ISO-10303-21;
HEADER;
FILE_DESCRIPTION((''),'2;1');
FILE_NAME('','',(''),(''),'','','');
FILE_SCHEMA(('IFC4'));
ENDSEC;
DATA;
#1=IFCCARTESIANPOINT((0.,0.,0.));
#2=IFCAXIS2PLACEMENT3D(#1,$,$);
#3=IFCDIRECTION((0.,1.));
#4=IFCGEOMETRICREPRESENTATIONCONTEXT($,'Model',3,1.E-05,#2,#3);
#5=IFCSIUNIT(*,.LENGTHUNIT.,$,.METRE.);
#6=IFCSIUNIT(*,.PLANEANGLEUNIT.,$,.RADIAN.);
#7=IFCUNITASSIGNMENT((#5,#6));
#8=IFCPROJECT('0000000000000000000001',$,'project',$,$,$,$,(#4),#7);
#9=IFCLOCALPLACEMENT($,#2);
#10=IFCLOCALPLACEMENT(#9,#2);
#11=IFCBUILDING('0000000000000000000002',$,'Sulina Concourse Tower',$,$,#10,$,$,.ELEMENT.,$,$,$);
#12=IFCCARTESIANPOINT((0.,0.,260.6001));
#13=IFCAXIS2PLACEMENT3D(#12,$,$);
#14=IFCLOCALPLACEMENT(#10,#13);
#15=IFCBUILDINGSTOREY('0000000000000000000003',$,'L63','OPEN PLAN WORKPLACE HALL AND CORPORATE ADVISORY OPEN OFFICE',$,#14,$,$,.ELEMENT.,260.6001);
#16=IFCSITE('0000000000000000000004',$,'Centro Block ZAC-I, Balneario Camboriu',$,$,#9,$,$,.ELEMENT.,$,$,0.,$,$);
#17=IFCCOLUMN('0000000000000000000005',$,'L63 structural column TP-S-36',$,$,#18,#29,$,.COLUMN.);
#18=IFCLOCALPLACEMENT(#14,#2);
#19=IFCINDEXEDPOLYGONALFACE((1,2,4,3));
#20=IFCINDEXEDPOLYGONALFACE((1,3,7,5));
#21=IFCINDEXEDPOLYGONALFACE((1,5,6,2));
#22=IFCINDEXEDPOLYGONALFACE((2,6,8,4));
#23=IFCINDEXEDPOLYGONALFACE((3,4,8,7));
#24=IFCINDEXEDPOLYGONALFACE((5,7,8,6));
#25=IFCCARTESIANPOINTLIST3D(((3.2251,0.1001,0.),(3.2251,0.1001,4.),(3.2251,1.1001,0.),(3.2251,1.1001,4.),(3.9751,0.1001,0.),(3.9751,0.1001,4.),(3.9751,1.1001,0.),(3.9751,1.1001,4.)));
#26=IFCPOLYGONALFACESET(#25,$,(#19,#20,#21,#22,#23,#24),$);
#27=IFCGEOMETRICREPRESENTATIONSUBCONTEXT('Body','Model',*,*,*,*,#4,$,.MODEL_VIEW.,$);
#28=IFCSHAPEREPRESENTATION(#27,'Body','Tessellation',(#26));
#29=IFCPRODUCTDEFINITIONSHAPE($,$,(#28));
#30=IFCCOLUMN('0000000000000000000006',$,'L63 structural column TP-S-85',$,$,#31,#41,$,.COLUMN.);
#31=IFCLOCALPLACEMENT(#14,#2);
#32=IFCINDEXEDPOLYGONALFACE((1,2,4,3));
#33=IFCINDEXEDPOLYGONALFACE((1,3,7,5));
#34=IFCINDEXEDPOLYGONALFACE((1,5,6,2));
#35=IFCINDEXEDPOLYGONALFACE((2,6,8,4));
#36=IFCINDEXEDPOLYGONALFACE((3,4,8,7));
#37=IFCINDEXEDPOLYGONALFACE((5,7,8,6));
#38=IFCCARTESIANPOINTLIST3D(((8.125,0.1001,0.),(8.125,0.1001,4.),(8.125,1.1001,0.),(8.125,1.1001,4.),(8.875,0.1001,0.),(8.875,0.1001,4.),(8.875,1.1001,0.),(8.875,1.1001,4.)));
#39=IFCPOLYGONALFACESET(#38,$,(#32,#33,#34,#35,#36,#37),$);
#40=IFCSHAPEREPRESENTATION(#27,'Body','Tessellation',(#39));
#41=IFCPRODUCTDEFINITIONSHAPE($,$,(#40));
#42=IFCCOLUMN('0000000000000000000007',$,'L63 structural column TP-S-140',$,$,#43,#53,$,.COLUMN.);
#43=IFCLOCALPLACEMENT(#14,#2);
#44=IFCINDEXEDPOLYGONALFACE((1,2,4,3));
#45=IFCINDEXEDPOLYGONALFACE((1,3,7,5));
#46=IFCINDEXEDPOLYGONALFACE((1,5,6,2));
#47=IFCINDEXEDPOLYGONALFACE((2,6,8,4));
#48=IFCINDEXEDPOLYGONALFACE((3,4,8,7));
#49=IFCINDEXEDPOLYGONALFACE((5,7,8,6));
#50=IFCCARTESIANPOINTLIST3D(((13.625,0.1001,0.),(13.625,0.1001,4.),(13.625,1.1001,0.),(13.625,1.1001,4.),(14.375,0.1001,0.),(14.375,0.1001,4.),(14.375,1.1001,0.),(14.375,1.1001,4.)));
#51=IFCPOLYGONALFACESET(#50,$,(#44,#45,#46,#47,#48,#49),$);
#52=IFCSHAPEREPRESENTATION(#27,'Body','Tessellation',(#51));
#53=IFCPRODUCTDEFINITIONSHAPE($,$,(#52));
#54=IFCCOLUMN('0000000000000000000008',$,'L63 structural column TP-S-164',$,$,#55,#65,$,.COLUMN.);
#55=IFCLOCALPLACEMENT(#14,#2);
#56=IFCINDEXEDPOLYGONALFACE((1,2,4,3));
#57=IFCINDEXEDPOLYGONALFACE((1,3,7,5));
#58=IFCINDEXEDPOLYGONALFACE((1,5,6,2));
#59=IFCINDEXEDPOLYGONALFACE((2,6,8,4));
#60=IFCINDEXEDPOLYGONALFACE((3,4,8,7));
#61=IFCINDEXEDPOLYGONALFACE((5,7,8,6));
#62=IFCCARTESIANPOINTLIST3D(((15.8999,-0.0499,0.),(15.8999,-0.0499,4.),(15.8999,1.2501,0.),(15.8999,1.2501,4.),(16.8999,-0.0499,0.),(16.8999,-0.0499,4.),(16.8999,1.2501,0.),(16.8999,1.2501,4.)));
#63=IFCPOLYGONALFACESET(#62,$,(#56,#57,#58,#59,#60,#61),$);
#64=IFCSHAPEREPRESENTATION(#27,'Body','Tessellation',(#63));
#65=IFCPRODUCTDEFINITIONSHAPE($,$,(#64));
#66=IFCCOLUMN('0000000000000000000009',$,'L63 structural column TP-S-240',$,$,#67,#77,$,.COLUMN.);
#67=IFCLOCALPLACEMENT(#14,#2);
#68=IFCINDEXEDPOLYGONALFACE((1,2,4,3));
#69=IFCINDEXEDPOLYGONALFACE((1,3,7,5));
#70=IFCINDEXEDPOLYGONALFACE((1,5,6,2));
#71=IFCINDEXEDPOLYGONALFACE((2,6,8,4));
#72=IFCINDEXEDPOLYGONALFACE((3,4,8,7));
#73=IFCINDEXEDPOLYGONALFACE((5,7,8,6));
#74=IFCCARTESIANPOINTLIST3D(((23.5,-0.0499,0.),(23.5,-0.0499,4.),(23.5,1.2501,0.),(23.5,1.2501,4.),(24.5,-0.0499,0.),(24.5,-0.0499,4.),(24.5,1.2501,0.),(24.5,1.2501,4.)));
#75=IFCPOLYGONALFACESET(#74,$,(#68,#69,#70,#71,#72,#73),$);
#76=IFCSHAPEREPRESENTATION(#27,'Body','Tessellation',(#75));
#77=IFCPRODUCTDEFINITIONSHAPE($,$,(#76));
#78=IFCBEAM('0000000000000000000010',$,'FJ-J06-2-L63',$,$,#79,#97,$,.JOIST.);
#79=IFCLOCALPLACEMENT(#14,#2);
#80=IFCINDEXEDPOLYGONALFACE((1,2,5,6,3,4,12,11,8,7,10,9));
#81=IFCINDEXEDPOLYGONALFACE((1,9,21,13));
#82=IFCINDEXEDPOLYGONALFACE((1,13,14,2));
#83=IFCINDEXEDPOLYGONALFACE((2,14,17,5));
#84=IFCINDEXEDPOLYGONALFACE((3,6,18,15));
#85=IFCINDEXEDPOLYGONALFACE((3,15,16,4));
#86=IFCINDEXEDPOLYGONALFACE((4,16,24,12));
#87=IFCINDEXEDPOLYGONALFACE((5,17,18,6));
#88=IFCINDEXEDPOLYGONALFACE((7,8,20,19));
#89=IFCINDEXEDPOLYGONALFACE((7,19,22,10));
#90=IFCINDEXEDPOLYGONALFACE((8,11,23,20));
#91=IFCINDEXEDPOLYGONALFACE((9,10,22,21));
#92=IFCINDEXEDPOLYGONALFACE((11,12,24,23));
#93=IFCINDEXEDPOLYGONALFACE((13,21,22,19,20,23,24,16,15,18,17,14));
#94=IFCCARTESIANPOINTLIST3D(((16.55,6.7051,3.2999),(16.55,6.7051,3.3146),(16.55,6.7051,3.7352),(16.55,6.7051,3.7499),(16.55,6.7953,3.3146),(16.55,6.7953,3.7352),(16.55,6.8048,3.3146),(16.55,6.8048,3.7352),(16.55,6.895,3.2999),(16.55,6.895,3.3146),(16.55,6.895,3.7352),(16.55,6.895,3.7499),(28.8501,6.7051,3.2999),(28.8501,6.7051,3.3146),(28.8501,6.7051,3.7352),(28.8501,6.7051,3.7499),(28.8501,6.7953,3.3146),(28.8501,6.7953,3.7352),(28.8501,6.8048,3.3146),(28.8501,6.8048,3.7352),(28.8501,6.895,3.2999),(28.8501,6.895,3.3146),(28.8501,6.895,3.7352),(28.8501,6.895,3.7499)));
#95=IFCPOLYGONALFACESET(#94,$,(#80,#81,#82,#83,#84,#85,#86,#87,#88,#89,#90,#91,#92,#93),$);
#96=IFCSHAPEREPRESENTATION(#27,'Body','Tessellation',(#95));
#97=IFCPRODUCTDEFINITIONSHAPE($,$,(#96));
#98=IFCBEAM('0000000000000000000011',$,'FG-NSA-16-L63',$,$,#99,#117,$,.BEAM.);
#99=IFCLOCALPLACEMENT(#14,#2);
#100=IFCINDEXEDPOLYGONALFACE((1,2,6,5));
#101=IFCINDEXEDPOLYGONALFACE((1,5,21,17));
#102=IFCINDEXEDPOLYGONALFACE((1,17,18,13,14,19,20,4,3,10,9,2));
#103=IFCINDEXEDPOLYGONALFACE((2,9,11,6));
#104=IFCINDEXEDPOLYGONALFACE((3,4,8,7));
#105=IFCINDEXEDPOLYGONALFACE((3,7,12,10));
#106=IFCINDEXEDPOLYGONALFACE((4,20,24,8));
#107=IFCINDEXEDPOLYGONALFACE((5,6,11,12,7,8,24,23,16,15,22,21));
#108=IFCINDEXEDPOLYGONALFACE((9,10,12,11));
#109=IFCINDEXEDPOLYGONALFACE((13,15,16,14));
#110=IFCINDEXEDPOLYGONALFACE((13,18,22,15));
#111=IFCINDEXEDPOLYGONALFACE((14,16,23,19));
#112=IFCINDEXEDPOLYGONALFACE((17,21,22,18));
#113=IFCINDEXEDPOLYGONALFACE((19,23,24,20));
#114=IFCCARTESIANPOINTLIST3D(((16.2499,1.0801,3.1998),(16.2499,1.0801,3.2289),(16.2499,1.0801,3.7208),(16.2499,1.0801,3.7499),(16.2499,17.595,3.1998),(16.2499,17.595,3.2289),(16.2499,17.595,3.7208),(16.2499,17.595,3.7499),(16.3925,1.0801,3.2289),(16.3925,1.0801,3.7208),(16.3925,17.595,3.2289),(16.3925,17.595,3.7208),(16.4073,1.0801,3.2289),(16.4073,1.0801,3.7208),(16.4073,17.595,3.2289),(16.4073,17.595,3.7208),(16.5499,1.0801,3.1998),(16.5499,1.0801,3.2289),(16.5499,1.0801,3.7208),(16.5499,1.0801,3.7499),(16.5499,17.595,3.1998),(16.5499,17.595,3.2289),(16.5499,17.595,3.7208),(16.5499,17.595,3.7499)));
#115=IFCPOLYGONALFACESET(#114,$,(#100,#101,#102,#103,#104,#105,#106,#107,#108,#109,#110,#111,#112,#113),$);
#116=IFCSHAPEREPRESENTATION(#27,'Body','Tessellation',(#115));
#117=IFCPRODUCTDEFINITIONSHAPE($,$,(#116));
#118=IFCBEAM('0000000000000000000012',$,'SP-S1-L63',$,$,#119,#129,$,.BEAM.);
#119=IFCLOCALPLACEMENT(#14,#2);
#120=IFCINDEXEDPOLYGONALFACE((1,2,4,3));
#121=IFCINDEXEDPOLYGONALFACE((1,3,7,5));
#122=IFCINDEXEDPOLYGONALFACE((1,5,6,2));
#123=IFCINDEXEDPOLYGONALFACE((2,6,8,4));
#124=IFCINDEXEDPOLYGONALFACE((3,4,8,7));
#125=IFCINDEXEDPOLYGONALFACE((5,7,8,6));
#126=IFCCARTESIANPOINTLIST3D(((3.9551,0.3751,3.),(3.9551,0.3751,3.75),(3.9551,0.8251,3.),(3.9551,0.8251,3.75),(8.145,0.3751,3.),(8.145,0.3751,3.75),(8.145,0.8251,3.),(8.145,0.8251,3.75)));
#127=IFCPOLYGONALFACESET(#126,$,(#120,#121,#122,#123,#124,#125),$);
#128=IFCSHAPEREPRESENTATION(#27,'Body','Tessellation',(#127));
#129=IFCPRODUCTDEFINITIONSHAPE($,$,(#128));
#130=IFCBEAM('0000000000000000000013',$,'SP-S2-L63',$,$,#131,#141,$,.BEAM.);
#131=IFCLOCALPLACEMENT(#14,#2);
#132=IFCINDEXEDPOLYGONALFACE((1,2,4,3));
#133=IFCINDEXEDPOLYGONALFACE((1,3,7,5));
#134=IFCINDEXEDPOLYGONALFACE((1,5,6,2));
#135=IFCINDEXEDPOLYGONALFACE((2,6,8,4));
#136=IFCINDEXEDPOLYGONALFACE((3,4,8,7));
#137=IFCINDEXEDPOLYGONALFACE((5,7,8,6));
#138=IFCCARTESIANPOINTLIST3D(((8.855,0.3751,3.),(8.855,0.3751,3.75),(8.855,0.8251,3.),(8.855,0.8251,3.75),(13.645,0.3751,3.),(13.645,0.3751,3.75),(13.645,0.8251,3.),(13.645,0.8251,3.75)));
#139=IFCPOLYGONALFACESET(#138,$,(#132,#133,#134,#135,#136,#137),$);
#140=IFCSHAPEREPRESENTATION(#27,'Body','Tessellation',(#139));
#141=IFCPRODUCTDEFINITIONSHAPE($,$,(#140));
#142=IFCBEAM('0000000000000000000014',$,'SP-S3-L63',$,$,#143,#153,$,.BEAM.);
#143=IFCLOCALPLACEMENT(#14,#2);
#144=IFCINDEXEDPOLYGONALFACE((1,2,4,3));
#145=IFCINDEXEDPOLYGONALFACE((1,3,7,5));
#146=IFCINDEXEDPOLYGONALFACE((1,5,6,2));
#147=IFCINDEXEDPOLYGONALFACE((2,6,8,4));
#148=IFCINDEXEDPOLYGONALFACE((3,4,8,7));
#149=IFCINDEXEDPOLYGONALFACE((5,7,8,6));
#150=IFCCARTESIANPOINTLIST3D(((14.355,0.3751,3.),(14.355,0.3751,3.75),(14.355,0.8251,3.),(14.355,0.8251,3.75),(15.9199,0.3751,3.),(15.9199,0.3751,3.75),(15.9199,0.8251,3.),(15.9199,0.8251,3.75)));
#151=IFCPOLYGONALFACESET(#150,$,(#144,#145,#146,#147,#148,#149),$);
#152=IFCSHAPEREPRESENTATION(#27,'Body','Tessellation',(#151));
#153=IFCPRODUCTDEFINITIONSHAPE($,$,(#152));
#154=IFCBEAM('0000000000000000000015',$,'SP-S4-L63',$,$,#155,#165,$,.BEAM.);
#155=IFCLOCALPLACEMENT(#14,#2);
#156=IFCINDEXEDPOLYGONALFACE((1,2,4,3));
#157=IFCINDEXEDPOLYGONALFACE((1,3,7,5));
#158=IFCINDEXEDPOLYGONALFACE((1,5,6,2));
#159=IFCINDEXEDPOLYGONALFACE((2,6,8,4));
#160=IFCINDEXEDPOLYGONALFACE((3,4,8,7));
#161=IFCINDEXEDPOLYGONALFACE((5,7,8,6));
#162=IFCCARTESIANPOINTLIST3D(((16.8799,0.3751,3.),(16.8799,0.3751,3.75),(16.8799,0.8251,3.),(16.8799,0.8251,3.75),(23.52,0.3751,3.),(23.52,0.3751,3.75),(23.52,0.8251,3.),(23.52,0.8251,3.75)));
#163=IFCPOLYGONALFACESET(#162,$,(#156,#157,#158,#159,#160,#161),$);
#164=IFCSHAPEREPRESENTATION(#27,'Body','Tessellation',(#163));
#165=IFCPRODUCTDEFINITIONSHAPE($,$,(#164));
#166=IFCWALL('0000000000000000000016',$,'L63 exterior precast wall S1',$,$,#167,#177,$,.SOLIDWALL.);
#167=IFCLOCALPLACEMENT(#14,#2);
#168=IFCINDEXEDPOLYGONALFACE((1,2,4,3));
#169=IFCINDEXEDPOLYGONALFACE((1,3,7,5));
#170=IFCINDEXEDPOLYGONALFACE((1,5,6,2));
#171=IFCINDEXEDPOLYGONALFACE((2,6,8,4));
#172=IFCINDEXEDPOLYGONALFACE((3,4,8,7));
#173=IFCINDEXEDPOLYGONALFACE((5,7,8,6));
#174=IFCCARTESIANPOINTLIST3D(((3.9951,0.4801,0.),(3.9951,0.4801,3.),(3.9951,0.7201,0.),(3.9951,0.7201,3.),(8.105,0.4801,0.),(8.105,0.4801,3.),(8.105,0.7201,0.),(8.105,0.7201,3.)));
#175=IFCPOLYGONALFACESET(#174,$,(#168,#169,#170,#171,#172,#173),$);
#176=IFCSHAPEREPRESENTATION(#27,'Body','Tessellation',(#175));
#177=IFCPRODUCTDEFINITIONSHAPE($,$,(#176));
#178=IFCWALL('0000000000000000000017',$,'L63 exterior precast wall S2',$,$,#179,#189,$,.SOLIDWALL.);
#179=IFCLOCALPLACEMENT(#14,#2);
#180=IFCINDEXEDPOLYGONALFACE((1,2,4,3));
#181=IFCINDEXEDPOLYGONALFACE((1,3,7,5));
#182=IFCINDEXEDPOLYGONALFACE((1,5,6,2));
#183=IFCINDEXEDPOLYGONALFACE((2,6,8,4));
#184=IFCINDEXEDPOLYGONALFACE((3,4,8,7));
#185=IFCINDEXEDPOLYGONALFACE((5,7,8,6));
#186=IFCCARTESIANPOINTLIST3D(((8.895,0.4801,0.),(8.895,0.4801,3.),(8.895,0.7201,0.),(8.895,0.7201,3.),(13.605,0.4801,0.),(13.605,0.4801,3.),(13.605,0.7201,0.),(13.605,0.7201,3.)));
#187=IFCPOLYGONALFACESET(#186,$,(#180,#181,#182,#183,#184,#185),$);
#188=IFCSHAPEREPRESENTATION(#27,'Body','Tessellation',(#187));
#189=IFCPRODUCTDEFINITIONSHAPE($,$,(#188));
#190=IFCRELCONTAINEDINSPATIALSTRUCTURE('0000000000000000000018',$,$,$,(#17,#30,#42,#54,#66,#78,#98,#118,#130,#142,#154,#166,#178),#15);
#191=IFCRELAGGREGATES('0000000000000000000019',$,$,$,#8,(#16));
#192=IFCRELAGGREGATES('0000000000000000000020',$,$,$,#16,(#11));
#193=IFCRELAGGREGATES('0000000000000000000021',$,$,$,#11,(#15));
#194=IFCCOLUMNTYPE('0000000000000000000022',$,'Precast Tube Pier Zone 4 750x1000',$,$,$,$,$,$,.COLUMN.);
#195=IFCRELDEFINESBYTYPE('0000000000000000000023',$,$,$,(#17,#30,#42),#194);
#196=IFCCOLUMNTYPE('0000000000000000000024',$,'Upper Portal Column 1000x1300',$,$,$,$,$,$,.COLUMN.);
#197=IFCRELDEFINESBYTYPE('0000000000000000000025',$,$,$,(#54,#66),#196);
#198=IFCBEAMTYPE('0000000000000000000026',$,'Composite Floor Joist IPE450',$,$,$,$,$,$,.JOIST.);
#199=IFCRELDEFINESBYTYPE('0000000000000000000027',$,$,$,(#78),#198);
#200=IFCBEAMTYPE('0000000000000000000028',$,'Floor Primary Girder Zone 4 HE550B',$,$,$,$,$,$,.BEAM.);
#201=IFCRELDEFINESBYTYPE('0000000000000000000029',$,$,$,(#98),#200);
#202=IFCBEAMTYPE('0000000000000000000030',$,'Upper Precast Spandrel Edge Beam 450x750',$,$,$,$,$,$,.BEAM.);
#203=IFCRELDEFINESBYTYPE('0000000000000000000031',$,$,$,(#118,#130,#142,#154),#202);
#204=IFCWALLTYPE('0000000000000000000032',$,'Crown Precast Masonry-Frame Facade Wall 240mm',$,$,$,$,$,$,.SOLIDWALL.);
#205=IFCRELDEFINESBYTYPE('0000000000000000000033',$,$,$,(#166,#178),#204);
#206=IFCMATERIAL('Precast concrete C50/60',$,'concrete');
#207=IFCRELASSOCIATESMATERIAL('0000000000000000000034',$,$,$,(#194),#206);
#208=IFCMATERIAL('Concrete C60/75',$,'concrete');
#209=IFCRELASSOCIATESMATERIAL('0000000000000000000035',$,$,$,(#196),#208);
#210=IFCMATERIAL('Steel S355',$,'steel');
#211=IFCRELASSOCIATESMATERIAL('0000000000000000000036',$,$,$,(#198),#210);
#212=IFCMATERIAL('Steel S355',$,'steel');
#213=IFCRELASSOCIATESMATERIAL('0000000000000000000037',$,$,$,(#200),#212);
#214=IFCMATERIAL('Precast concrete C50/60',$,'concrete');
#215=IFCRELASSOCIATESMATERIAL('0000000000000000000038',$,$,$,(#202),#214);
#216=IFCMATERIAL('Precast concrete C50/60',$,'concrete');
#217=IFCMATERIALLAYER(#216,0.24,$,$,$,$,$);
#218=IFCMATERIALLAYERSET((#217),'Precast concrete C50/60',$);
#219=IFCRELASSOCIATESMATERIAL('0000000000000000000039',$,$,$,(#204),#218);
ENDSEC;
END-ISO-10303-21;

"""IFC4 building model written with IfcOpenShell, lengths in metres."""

from ifc_helpers import new_model, si_unit, direction, frame, frame_2d, origin, origin_2d, place, context, subcontext, project, spatial, rectangle, i_section, extrude, material, layer, layer_set, material_profile, profile_set, type_object, element, save


model = new_model("IFC4")

# Units and contexts
model_context = context("Model", 3, precision=1e-05, world=origin(), true_north=direction((0.0, 1.0)))
body_context = subcontext(model_context, "Body", "Model", "MODEL_VIEW")
ifc_project = project(units=[si_unit("LENGTHUNIT", "METRE"), si_unit("PLANEANGLEUNIT", "RADIAN")], contexts=[model_context])

# Site, building, storey
site_placement = place(None, origin())
site = spatial("IfcSite", under=ifc_project, at=site_placement, Name="Centro Block ZAC-I, Balneario Camboriu", CompositionType="ELEMENT", RefElevation=0.0)
building_placement = place(site_placement, origin())
building = spatial("IfcBuilding", under=site, at=building_placement, Name="Sulina Concourse Tower", CompositionType="ELEMENT")
storey_placement = place(building_placement, frame((0.0, 0.0, 260.6001)))
storey = spatial("IfcBuildingStorey", under=building, at=storey_placement, Name="L63", Description="OPEN PLAN WORKPLACE HALL AND CORPORATE ADVISORY OPEN OFFICE", CompositionType="ELEMENT", Elevation=260.6001)

# Columns
ifc_material_1 = material(Name="Precast concrete C50/60", Category="concrete")
ifc_material_profile_1 = material_profile(ifc_material_1, rectangle(XDim=0.75, YDim=1.0, at=origin_2d()), Name="PC 750x1000")
ifc_profile_set_1 = profile_set([ifc_material_profile_1], Name="Precast concrete C50/60")
column_type_1 = type_object("IfcColumnType", Name="Precast Tube Pier Zone 4 750x1000", PredefinedType="COLUMN", material=ifc_profile_set_1)
for number, where, z_axis, x_axis, name in (
    (1, (3.6001, 0.6001, 0.0), (0.0, 0.0, 1.0), (1.0, 0.0, 0.0), "L63 structural column TP-S-36"),
    (2, (8.5, 0.6001, 0.0), (0.0, 0.0, 1.0), (1.0, 0.0, 0.0), "L63 structural column TP-S-85"),
    (3, (14.0, 0.6001, 0.0), (0.0, 0.0, 1.0), (1.0, 0.0, 0.0), "L63 structural column TP-S-140"),
):
    element("IfcColumn", number, at=place(storey_placement, frame(where, z_axis=z_axis, x_axis=x_axis)), inside=storey, type_object=column_type_1, Name=name, PredefinedType="COLUMN", context=body_context, shape_type="SweptSolid", body=[
        extrude(rectangle(XDim=0.75, YDim=1.0, at=origin_2d()), origin(), (0.0, 0.0, 1.0), 4.0),
    ])
ifc_material_2 = material(Name="Concrete C60/75", Category="concrete")
ifc_material_profile_2 = material_profile(ifc_material_2, rectangle(XDim=1.0, YDim=1.3, at=origin_2d()), Name="RC 1000x1300")
ifc_profile_set_2 = profile_set([ifc_material_profile_2], Name="Concrete C60/75")
column_type_2 = type_object("IfcColumnType", Name="Upper Portal Column 1000x1300", PredefinedType="COLUMN", material=ifc_profile_set_2)
for number, where, z_axis, x_axis, name in (
    (4, (16.3999, 0.6001, 0.0), (0.0, 0.0, 1.0), (1.0, 0.0, 0.0), "L63 structural column TP-S-164"),
    (5, (24.0, 0.6001, 0.0), (0.0, 0.0, 1.0), (1.0, 0.0, 0.0), "L63 structural column TP-S-240"),
):
    element("IfcColumn", number, at=place(storey_placement, frame(where, z_axis=z_axis, x_axis=x_axis)), inside=storey, type_object=column_type_2, Name=name, PredefinedType="COLUMN", context=body_context, shape_type="SweptSolid", body=[
        extrude(rectangle(XDim=1.0, YDim=1.3, at=origin_2d()), origin(), (0.0, 0.0, 1.0), 4.0),
    ])

# Beams
ifc_material_3 = material(Name="Steel S355", Category="steel")
ifc_material_profile_3 = material_profile(ifc_material_3, i_section(OverallWidth=0.1899, OverallDepth=0.45, WebThickness=0.0095, FlangeThickness=0.0146, at=origin_2d()), Name="IPE 450")
ifc_profile_set_3 = profile_set([ifc_material_profile_3], Name="Steel S355")
beam_type_1 = type_object("IfcBeamType", Name="Composite Floor Joist IPE450", PredefinedType="JOIST", material=ifc_profile_set_3)
beam_1_placement = place(storey_placement, frame((16.55, 6.8, 3.5249), z_axis=(1.0, 0.0, 0.0), x_axis=(0.0, 1.0, 0.0)))
element("IfcBeam", 6, at=beam_1_placement, inside=storey, type_object=beam_type_1, Name="FJ-J06-2-L63", PredefinedType="JOIST", context=body_context, shape_type="SweptSolid", body=[
    extrude(i_section(OverallWidth=0.1899, OverallDepth=0.45, WebThickness=0.0095, FlangeThickness=0.0146, at=origin_2d()), origin(), (0.0, 0.0, 1.0), 12.3),
])
ifc_material_4 = material(Name="Steel S355", Category="steel")
ifc_material_profile_4 = material_profile(ifc_material_4, i_section(OverallWidth=0.3, OverallDepth=0.55, WebThickness=0.0149, FlangeThickness=0.0291, at=origin_2d()), Name="HE 550 B")
ifc_profile_set_4 = profile_set([ifc_material_profile_4], Name="Steel S355")
beam_type_2 = type_object("IfcBeamType", Name="Floor Primary Girder Zone 4 HE550B", PredefinedType="BEAM", material=ifc_profile_set_4)
beam_2_placement = place(storey_placement, frame((16.3999, 1.0801, 3.4749), z_axis=(0.0, 1.0, 0.0), x_axis=(-1.0, 0.0, 0.0)))
element("IfcBeam", 7, at=beam_2_placement, inside=storey, type_object=beam_type_2, Name="FG-NSA-16-L63", PredefinedType="BEAM", context=body_context, shape_type="SweptSolid", body=[
    extrude(i_section(OverallWidth=0.3, OverallDepth=0.55, WebThickness=0.0149, FlangeThickness=0.0291, at=origin_2d()), origin(), (0.0, 0.0, 1.0), 16.5149),
])
ifc_material_5 = material(Name="Precast concrete C50/60", Category="concrete")
ifc_material_profile_5 = material_profile(ifc_material_5, rectangle(XDim=0.45, YDim=0.75, at=origin_2d()), Name="RC 450x750")
ifc_profile_set_5 = profile_set([ifc_material_profile_5], Name="Precast concrete C50/60")
beam_type_3 = type_object("IfcBeamType", Name="Upper Precast Spandrel Edge Beam 450x750", PredefinedType="BEAM", material=ifc_profile_set_5)
beam_3_placement = place(storey_placement, frame((3.9551, 0.6001, 3.375), z_axis=(1.0, 0.0, 0.0), x_axis=(0.0, 1.0, 0.0)))
element("IfcBeam", 8, at=beam_3_placement, inside=storey, type_object=beam_type_3, Name="SP-S1-L63", PredefinedType="BEAM", context=body_context, shape_type="SweptSolid", body=[
    extrude(rectangle(XDim=0.45, YDim=0.75, at=origin_2d()), origin(), (0.0, 0.0, 1.0), 4.1899),
])
beam_4_placement = place(storey_placement, frame((8.855, 0.6001, 3.375), z_axis=(1.0, 0.0, 0.0), x_axis=(0.0, 1.0, 0.0)))
element("IfcBeam", 9, at=beam_4_placement, inside=storey, type_object=beam_type_3, Name="SP-S2-L63", PredefinedType="BEAM", context=body_context, shape_type="SweptSolid", body=[
    extrude(rectangle(XDim=0.45, YDim=0.75, at=origin_2d()), origin(), (0.0, 0.0, 1.0), 4.79),
])
beam_5_placement = place(storey_placement, frame((14.355, 0.6001, 3.375), z_axis=(1.0, 0.0, 0.0), x_axis=(0.0, 1.0, 0.0)))
element("IfcBeam", 10, at=beam_5_placement, inside=storey, type_object=beam_type_3, Name="SP-S3-L63", PredefinedType="BEAM", context=body_context, shape_type="SweptSolid", body=[
    extrude(rectangle(XDim=0.45, YDim=0.75, at=origin_2d()), origin(), (0.0, 0.0, 1.0), 1.5649),
])
beam_6_placement = place(storey_placement, frame((16.8799, 0.6001, 3.375), z_axis=(1.0, 0.0, 0.0), x_axis=(0.0, 1.0, 0.0)))
element("IfcBeam", 11, at=beam_6_placement, inside=storey, type_object=beam_type_3, Name="SP-S4-L63", PredefinedType="BEAM", context=body_context, shape_type="SweptSolid", body=[
    extrude(rectangle(XDim=0.45, YDim=0.75, at=origin_2d()), origin(), (0.0, 0.0, 1.0), 6.6401),
])

# Walls
ifc_material_6 = material(Name="Precast concrete C50/60", Category="concrete")
ifc_layer_1 = layer(ifc_material_6, 0.24)
ifc_layer_set_1 = layer_set([ifc_layer_1], Name="Precast concrete C50/60")
wall_type_1 = type_object("IfcWallType", Name="Crown Precast Masonry-Frame Facade Wall 240mm", PredefinedType="SOLIDWALL", material=ifc_layer_set_1)
wall_1_placement = place(storey_placement, frame((8.105, 0.6001, 0.0), z_axis=(0.0, 0.0, 1.0), x_axis=(-1.0, 0.0, 0.0)))
element("IfcWall", 12, at=wall_1_placement, inside=storey, type_object=wall_type_1, Name="L63 exterior precast wall S1", PredefinedType="SOLIDWALL", context=body_context, shape_type="SweptSolid", body=[
    extrude(rectangle(XDim=4.1099, YDim=0.24, at=frame_2d((2.0549, 0.0))), origin(), (0.0, 0.0, 1.0), 3.0),
])
wall_2_placement = place(storey_placement, frame((13.605, 0.6001, 0.0), z_axis=(0.0, 0.0, 1.0), x_axis=(-1.0, 0.0, 0.0)))
element("IfcWall", 13, at=wall_2_placement, inside=storey, type_object=wall_type_1, Name="L63 exterior precast wall S2", PredefinedType="SOLIDWALL", context=body_context, shape_type="SweptSolid", body=[
    extrude(rectangle(XDim=4.71, YDim=0.24, at=frame_2d((2.355, 0.0))), origin(), (0.0, 0.0, 1.0), 3.0),
])

save(model, "model.ifc")
